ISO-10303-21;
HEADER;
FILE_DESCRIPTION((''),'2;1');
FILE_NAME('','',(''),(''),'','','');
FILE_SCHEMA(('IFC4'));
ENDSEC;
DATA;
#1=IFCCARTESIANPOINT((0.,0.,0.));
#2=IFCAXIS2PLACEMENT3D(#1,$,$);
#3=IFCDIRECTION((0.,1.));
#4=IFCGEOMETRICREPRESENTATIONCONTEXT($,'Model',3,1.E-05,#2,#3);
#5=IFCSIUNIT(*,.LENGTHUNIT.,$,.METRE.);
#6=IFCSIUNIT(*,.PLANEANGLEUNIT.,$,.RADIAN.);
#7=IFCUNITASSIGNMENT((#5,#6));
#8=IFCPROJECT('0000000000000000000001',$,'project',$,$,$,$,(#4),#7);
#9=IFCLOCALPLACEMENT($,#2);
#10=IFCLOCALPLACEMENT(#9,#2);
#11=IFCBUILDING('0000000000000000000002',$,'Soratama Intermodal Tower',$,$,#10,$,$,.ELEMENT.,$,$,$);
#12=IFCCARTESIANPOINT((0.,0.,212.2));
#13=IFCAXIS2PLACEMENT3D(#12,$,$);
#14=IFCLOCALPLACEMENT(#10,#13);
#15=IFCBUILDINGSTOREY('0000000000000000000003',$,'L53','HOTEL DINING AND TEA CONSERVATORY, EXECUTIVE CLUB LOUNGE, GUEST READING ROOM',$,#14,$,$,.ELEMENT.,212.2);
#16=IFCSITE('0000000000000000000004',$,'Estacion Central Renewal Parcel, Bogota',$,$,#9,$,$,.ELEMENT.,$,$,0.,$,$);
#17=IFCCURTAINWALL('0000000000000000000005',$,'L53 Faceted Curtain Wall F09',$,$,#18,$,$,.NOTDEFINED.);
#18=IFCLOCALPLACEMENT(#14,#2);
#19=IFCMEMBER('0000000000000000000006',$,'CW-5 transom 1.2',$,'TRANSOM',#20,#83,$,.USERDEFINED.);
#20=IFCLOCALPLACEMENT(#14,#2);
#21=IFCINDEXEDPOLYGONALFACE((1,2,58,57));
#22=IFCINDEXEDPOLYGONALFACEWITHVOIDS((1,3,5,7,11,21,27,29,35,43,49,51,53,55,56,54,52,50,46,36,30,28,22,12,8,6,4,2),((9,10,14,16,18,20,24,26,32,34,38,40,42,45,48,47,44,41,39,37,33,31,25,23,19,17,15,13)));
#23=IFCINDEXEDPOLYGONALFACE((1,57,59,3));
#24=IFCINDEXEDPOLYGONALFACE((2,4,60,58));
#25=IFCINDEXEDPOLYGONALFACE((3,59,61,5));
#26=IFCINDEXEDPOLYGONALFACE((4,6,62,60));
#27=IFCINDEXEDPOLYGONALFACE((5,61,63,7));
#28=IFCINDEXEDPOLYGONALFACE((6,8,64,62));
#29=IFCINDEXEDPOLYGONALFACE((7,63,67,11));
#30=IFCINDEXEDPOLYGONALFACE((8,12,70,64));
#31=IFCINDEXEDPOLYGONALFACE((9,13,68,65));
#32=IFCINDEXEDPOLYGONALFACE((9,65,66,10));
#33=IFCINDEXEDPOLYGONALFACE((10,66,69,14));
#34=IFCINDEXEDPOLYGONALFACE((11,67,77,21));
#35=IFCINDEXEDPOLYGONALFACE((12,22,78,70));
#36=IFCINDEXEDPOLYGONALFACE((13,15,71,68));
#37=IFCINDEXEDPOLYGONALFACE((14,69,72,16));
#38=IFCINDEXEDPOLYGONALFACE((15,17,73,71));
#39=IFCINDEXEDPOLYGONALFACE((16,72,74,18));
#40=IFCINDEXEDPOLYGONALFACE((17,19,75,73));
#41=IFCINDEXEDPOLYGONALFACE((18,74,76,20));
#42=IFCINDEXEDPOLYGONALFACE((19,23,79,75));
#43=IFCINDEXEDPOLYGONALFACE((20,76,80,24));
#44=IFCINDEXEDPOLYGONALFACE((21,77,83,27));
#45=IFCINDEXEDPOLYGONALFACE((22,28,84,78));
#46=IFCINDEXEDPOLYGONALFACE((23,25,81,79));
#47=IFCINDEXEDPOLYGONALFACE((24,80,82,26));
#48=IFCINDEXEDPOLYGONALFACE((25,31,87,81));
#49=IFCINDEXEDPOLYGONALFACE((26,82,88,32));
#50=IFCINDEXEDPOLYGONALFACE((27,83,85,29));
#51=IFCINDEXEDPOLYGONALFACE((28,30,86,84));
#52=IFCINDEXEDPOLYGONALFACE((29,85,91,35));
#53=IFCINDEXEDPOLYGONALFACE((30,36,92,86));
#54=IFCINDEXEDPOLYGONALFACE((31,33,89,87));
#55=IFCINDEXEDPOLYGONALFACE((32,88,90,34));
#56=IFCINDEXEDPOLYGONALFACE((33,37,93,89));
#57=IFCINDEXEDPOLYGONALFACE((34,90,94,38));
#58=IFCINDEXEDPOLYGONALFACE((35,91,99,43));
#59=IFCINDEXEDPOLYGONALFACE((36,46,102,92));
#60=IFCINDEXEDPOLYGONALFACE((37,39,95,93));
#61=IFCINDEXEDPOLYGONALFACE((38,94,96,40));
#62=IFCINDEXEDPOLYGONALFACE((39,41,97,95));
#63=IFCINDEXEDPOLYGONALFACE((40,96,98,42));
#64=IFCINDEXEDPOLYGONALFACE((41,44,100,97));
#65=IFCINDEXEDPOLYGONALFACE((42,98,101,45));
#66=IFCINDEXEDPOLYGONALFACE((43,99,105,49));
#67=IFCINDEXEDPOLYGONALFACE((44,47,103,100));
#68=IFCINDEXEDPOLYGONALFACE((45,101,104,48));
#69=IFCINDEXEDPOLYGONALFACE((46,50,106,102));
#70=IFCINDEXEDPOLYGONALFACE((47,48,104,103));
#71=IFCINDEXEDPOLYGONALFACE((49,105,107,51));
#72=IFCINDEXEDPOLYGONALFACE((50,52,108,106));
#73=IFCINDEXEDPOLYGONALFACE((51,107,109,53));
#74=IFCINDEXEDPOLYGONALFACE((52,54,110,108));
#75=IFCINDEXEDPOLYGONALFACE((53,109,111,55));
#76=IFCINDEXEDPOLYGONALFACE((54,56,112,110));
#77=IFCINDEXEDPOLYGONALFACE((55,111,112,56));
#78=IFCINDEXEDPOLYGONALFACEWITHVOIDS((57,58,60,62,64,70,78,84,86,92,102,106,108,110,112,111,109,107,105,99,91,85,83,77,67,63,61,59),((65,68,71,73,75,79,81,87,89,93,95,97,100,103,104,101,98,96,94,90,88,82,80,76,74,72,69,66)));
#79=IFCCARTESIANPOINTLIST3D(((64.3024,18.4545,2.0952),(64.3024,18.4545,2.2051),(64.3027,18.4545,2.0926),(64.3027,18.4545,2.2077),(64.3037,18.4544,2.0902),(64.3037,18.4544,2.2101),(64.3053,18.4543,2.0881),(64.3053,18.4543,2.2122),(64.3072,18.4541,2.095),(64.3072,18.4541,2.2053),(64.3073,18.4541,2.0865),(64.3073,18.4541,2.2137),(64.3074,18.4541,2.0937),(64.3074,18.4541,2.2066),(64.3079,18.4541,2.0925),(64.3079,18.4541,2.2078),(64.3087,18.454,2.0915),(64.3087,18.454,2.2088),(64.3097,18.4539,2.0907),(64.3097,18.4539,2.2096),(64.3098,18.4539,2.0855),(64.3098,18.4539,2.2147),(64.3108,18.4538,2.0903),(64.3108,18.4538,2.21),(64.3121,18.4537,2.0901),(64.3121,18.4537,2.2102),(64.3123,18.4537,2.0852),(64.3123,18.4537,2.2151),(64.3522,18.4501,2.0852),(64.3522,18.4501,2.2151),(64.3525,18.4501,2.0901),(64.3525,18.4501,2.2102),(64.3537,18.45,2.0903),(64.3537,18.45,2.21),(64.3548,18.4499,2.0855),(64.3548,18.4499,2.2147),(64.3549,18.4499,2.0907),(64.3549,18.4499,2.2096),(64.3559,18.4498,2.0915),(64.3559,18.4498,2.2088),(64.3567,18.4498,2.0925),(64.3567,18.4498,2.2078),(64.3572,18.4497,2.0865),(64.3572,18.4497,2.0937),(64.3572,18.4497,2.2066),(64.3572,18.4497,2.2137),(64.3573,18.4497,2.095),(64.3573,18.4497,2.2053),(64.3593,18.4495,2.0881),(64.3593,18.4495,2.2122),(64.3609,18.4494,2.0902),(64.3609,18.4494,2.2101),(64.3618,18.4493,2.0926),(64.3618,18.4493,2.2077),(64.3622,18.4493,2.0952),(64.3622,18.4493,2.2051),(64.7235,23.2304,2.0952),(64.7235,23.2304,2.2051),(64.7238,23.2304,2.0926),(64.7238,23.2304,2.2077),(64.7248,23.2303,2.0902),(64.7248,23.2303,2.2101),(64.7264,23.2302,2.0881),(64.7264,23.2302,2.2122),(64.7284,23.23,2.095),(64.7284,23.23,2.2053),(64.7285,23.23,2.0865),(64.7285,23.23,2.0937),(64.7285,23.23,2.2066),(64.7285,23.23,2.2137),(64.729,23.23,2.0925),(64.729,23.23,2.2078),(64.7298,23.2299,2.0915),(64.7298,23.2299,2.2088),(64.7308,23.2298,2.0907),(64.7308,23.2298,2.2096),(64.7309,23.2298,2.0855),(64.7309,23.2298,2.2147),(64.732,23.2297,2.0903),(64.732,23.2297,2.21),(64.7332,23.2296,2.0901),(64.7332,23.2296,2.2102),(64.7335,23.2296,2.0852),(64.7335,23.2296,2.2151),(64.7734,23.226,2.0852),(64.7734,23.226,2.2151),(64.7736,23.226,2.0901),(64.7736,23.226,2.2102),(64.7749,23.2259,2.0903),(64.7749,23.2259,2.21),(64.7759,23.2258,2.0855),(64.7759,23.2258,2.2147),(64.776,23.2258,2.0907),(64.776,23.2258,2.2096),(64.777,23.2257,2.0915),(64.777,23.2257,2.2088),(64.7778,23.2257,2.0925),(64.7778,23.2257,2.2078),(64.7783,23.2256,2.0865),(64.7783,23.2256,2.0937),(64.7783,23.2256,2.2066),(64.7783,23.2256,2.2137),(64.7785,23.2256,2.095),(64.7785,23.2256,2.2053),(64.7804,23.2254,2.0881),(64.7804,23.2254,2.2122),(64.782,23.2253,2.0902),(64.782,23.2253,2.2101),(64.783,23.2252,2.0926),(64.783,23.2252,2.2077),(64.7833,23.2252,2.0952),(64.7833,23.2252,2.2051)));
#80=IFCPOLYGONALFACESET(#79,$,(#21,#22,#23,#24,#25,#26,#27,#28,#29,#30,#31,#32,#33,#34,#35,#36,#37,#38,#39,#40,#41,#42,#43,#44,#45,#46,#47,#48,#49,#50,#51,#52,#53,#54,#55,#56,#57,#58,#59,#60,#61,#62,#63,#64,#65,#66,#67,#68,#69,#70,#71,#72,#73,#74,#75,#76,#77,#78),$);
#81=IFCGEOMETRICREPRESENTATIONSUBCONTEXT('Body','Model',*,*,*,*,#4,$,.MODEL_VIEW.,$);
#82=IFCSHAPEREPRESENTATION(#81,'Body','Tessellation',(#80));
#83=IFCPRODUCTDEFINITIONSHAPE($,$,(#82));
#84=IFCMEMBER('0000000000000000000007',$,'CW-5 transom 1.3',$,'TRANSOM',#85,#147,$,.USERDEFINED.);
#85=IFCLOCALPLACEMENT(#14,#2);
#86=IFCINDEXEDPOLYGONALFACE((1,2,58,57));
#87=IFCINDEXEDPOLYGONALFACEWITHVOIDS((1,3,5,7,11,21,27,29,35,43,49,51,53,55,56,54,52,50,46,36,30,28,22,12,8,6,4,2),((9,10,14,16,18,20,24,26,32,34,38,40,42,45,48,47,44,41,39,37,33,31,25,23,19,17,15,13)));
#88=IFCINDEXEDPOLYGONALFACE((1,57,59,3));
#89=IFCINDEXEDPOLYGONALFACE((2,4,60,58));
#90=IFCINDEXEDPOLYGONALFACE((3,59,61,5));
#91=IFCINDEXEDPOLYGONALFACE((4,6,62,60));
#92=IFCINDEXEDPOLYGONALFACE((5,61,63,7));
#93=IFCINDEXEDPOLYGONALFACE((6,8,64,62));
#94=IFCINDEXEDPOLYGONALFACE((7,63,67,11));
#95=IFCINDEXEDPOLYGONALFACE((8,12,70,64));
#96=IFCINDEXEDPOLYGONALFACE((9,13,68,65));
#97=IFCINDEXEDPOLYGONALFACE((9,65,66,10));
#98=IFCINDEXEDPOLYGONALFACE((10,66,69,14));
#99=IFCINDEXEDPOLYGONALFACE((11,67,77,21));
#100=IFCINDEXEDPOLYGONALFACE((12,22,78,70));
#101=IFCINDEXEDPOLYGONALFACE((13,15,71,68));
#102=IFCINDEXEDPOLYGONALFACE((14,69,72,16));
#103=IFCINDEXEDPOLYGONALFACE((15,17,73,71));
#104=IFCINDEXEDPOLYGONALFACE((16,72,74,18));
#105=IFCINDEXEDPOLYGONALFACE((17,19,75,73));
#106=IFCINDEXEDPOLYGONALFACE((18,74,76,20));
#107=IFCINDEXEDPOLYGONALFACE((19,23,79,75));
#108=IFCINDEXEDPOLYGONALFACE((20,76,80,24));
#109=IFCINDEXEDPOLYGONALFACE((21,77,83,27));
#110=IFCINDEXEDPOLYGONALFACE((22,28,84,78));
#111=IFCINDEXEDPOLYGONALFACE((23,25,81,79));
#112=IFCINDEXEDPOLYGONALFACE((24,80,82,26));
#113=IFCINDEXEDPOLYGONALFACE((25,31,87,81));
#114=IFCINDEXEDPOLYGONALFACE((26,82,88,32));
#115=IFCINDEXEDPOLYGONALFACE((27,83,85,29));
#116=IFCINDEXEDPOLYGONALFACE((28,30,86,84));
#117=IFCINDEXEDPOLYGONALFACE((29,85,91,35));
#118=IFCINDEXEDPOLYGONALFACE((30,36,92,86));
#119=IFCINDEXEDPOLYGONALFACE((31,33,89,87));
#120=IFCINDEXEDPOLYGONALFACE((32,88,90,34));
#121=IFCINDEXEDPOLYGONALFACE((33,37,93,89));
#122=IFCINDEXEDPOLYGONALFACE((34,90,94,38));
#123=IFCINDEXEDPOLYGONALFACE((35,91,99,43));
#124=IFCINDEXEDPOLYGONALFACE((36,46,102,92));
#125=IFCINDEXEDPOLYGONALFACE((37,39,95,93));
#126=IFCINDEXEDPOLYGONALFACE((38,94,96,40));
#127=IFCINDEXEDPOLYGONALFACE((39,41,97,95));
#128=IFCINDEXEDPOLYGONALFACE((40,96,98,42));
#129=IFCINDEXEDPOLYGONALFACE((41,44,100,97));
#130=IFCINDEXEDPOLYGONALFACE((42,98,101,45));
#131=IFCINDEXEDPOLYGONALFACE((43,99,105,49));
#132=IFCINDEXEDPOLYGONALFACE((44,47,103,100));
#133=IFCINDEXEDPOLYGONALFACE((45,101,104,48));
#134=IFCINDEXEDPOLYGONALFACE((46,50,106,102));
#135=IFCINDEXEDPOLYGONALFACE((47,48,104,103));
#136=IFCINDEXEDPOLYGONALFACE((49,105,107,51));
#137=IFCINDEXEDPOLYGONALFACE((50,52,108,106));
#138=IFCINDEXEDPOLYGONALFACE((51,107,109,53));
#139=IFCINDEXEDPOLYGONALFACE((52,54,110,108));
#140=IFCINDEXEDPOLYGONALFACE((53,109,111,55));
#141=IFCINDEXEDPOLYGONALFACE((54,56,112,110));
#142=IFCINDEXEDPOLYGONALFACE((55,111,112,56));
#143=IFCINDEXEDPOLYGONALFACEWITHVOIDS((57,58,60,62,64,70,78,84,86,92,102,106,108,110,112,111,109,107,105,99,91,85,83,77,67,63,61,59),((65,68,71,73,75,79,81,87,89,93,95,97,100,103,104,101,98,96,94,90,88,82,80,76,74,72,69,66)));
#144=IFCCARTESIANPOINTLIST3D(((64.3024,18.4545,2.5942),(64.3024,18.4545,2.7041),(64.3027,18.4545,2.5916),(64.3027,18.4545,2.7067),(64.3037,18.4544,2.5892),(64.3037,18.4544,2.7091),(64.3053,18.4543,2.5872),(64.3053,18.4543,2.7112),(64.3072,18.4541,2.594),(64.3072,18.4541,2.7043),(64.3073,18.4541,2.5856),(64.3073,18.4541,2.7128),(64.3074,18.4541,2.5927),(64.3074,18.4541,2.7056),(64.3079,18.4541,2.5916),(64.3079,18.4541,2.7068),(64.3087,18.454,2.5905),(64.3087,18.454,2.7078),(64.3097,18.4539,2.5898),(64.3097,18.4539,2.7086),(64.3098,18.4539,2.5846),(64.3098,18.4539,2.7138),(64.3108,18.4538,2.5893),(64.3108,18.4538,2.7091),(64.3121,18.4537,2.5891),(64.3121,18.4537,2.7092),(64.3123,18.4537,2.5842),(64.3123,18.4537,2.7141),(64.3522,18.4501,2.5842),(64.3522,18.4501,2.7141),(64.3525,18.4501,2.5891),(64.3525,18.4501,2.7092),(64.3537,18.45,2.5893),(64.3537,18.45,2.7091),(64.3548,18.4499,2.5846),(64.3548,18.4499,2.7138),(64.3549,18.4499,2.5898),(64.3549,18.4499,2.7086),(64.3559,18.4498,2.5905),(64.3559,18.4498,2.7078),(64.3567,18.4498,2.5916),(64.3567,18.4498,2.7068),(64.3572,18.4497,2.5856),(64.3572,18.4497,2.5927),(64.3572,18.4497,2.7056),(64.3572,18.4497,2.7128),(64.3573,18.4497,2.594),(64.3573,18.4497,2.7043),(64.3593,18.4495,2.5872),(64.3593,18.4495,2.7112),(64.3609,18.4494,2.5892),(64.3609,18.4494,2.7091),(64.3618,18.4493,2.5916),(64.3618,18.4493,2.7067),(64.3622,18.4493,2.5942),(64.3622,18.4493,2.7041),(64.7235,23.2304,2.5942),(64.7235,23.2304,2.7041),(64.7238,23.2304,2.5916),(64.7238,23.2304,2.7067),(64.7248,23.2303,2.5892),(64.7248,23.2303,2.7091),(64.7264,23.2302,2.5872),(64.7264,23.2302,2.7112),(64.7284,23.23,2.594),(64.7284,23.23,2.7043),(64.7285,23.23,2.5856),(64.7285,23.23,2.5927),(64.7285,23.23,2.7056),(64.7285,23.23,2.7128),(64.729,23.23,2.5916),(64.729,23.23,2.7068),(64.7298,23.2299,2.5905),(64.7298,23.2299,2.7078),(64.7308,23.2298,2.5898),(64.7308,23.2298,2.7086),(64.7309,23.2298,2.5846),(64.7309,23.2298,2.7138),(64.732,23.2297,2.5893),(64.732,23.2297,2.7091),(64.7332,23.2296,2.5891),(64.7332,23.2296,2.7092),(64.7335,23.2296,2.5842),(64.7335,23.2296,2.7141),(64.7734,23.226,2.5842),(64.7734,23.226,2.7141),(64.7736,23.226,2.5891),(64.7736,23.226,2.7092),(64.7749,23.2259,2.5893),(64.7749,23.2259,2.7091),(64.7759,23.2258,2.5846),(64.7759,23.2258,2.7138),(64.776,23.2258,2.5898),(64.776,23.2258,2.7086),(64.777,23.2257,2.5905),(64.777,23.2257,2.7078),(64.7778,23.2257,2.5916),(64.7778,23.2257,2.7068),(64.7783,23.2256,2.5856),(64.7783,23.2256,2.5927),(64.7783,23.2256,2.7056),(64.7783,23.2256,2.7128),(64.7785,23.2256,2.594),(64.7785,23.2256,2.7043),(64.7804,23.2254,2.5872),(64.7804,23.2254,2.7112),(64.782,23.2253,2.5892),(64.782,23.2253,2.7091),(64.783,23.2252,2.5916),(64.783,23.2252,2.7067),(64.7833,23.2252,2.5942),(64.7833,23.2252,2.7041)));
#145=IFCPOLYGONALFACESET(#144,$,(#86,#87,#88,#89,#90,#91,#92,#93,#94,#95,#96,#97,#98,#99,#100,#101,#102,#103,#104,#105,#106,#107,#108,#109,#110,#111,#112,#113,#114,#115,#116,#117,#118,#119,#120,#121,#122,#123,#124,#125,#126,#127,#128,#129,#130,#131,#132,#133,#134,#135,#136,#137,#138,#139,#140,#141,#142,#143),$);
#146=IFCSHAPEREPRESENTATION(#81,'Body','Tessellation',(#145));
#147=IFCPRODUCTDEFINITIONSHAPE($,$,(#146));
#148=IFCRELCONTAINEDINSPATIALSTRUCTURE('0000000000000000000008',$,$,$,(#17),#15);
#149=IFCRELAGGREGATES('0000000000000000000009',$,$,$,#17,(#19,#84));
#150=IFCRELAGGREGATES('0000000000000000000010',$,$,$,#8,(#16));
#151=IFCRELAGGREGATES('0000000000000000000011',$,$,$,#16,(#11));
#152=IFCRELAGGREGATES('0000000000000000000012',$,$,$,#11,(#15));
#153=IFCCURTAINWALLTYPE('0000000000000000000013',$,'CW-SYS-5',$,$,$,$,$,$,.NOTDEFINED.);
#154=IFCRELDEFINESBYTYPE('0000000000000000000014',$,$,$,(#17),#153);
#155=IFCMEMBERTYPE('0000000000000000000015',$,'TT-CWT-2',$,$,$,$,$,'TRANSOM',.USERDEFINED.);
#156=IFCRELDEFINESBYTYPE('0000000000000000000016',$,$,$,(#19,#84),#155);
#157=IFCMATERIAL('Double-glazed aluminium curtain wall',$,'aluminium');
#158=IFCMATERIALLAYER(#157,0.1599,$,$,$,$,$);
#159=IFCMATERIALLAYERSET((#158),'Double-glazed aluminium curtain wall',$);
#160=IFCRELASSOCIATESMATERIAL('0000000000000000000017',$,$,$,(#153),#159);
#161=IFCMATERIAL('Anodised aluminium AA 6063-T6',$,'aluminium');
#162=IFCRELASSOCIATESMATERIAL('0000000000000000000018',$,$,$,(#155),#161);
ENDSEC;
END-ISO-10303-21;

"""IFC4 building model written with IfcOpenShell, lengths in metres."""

from ifc_helpers import new_model, si_unit, direction, frame, origin, origin_2d, place, context, subcontext, project, spatial, hollow_rectangle, extrude, material, layer, layer_set, material_profile, profile_set, type_object, element, aggregate, save


model = new_model("IFC4")

# Units and contexts
model_context = context("Model", 3, precision=1e-05, world=origin(), true_north=direction((0.0, 1.0)))
body_context = subcontext(model_context, "Body", "Model", "MODEL_VIEW")
ifc_project = project(units=[si_unit("LENGTHUNIT", "METRE"), si_unit("PLANEANGLEUNIT", "RADIAN")], contexts=[model_context])

# Site, building, storey
site_placement = place(None, origin())
site = spatial("IfcSite", under=ifc_project, at=site_placement, Name="Estacion Central Renewal Parcel, Bogota", CompositionType="ELEMENT", RefElevation=0.0)
building_placement = place(site_placement, origin())
building = spatial("IfcBuilding", under=site, at=building_placement, Name="Soratama Intermodal Tower", CompositionType="ELEMENT")
storey_placement = place(building_placement, frame((0.0, 0.0, 212.2)))
storey = spatial("IfcBuildingStorey", under=building, at=storey_placement, Name="L53", Description="HOTEL DINING AND TEA CONSERVATORY, EXECUTIVE CLUB LOUNGE, GUEST READING ROOM", CompositionType="ELEMENT", Elevation=212.2)

# Shared definitions
ifc_material_1 = material(Name="Double-glazed aluminium curtain wall", Category="aluminium")
ifc_layer_1 = layer(ifc_material_1, 0.1599)
ifc_layer_set_1 = layer_set([ifc_layer_1], Name="Double-glazed aluminium curtain wall")
curtain_wall_type = type_object("IfcCurtainWallType", Name="CW-SYS-5", PredefinedType="NOTDEFINED", material=ifc_layer_set_1)

# Curtain wall, members
curtain_wall_1_placement = place(storey_placement, origin())
curtain_wall_1 = element("IfcCurtainWall", 1, at=curtain_wall_1_placement, inside=storey, type_object=curtain_wall_type, Name="L53 Faceted Curtain Wall F09", PredefinedType="NOTDEFINED")
ifc_material_2 = material(Name="Anodised aluminium AA 6063-T6", Category="aluminium")
ifc_material_profile_1 = material_profile(ifc_material_2, hollow_rectangle(XDim=0.0601, YDim=0.1299, WallThickness=0.0049, InnerFilletRadius=0.0049, OuterFilletRadius=0.01, at=origin_2d()), Name="CWT130X60X5")
ifc_profile_set_1 = profile_set([ifc_material_profile_1], Name="Anodised aluminium AA 6063-T6")
member_type_1 = type_object("IfcMemberType", Name="TT-CWT-2", ElementType="TRANSOM", PredefinedType="USERDEFINED", material=ifc_profile_set_1)
member_1_placement = place(storey_placement, frame((64.3323, 18.4519, 2.1501), z_axis=(0.08784, 0.996135, 0.0), x_axis=(-0.996135, 0.08784, 0.0)))
member_1 = element("IfcMember", 2, at=member_1_placement, type_object=member_type_1, Name="CW-5 transom 1.2", ObjectType="TRANSOM", PredefinedType="USERDEFINED", context=body_context, shape_type="SweptSolid", body=[
    extrude(hollow_rectangle(XDim=0.0601, YDim=0.1299, WallThickness=0.0049, InnerFilletRadius=0.0049, OuterFilletRadius=0.01, at=origin_2d()), origin(), (0.0, 0.0, 1.0), 4.7944),
])
member_2_placement = place(storey_placement, frame((64.3323, 18.4519, 2.6492), z_axis=(0.08784, 0.996135, 0.0), x_axis=(-0.996135, 0.08784, 0.0)))
member_2 = element("IfcMember", 3, at=member_2_placement, type_object=member_type_1, Name="CW-5 transom 1.3", ObjectType="TRANSOM", PredefinedType="USERDEFINED", context=body_context, shape_type="SweptSolid", body=[
    extrude(hollow_rectangle(XDim=0.0601, YDim=0.1299, WallThickness=0.0049, InnerFilletRadius=0.0049, OuterFilletRadius=0.01, at=origin_2d()), origin(), (0.0, 0.0, 1.0), 4.7944),
])
aggregate(curtain_wall_1, [member_1, member_2])

save(model, "model.ifc")
